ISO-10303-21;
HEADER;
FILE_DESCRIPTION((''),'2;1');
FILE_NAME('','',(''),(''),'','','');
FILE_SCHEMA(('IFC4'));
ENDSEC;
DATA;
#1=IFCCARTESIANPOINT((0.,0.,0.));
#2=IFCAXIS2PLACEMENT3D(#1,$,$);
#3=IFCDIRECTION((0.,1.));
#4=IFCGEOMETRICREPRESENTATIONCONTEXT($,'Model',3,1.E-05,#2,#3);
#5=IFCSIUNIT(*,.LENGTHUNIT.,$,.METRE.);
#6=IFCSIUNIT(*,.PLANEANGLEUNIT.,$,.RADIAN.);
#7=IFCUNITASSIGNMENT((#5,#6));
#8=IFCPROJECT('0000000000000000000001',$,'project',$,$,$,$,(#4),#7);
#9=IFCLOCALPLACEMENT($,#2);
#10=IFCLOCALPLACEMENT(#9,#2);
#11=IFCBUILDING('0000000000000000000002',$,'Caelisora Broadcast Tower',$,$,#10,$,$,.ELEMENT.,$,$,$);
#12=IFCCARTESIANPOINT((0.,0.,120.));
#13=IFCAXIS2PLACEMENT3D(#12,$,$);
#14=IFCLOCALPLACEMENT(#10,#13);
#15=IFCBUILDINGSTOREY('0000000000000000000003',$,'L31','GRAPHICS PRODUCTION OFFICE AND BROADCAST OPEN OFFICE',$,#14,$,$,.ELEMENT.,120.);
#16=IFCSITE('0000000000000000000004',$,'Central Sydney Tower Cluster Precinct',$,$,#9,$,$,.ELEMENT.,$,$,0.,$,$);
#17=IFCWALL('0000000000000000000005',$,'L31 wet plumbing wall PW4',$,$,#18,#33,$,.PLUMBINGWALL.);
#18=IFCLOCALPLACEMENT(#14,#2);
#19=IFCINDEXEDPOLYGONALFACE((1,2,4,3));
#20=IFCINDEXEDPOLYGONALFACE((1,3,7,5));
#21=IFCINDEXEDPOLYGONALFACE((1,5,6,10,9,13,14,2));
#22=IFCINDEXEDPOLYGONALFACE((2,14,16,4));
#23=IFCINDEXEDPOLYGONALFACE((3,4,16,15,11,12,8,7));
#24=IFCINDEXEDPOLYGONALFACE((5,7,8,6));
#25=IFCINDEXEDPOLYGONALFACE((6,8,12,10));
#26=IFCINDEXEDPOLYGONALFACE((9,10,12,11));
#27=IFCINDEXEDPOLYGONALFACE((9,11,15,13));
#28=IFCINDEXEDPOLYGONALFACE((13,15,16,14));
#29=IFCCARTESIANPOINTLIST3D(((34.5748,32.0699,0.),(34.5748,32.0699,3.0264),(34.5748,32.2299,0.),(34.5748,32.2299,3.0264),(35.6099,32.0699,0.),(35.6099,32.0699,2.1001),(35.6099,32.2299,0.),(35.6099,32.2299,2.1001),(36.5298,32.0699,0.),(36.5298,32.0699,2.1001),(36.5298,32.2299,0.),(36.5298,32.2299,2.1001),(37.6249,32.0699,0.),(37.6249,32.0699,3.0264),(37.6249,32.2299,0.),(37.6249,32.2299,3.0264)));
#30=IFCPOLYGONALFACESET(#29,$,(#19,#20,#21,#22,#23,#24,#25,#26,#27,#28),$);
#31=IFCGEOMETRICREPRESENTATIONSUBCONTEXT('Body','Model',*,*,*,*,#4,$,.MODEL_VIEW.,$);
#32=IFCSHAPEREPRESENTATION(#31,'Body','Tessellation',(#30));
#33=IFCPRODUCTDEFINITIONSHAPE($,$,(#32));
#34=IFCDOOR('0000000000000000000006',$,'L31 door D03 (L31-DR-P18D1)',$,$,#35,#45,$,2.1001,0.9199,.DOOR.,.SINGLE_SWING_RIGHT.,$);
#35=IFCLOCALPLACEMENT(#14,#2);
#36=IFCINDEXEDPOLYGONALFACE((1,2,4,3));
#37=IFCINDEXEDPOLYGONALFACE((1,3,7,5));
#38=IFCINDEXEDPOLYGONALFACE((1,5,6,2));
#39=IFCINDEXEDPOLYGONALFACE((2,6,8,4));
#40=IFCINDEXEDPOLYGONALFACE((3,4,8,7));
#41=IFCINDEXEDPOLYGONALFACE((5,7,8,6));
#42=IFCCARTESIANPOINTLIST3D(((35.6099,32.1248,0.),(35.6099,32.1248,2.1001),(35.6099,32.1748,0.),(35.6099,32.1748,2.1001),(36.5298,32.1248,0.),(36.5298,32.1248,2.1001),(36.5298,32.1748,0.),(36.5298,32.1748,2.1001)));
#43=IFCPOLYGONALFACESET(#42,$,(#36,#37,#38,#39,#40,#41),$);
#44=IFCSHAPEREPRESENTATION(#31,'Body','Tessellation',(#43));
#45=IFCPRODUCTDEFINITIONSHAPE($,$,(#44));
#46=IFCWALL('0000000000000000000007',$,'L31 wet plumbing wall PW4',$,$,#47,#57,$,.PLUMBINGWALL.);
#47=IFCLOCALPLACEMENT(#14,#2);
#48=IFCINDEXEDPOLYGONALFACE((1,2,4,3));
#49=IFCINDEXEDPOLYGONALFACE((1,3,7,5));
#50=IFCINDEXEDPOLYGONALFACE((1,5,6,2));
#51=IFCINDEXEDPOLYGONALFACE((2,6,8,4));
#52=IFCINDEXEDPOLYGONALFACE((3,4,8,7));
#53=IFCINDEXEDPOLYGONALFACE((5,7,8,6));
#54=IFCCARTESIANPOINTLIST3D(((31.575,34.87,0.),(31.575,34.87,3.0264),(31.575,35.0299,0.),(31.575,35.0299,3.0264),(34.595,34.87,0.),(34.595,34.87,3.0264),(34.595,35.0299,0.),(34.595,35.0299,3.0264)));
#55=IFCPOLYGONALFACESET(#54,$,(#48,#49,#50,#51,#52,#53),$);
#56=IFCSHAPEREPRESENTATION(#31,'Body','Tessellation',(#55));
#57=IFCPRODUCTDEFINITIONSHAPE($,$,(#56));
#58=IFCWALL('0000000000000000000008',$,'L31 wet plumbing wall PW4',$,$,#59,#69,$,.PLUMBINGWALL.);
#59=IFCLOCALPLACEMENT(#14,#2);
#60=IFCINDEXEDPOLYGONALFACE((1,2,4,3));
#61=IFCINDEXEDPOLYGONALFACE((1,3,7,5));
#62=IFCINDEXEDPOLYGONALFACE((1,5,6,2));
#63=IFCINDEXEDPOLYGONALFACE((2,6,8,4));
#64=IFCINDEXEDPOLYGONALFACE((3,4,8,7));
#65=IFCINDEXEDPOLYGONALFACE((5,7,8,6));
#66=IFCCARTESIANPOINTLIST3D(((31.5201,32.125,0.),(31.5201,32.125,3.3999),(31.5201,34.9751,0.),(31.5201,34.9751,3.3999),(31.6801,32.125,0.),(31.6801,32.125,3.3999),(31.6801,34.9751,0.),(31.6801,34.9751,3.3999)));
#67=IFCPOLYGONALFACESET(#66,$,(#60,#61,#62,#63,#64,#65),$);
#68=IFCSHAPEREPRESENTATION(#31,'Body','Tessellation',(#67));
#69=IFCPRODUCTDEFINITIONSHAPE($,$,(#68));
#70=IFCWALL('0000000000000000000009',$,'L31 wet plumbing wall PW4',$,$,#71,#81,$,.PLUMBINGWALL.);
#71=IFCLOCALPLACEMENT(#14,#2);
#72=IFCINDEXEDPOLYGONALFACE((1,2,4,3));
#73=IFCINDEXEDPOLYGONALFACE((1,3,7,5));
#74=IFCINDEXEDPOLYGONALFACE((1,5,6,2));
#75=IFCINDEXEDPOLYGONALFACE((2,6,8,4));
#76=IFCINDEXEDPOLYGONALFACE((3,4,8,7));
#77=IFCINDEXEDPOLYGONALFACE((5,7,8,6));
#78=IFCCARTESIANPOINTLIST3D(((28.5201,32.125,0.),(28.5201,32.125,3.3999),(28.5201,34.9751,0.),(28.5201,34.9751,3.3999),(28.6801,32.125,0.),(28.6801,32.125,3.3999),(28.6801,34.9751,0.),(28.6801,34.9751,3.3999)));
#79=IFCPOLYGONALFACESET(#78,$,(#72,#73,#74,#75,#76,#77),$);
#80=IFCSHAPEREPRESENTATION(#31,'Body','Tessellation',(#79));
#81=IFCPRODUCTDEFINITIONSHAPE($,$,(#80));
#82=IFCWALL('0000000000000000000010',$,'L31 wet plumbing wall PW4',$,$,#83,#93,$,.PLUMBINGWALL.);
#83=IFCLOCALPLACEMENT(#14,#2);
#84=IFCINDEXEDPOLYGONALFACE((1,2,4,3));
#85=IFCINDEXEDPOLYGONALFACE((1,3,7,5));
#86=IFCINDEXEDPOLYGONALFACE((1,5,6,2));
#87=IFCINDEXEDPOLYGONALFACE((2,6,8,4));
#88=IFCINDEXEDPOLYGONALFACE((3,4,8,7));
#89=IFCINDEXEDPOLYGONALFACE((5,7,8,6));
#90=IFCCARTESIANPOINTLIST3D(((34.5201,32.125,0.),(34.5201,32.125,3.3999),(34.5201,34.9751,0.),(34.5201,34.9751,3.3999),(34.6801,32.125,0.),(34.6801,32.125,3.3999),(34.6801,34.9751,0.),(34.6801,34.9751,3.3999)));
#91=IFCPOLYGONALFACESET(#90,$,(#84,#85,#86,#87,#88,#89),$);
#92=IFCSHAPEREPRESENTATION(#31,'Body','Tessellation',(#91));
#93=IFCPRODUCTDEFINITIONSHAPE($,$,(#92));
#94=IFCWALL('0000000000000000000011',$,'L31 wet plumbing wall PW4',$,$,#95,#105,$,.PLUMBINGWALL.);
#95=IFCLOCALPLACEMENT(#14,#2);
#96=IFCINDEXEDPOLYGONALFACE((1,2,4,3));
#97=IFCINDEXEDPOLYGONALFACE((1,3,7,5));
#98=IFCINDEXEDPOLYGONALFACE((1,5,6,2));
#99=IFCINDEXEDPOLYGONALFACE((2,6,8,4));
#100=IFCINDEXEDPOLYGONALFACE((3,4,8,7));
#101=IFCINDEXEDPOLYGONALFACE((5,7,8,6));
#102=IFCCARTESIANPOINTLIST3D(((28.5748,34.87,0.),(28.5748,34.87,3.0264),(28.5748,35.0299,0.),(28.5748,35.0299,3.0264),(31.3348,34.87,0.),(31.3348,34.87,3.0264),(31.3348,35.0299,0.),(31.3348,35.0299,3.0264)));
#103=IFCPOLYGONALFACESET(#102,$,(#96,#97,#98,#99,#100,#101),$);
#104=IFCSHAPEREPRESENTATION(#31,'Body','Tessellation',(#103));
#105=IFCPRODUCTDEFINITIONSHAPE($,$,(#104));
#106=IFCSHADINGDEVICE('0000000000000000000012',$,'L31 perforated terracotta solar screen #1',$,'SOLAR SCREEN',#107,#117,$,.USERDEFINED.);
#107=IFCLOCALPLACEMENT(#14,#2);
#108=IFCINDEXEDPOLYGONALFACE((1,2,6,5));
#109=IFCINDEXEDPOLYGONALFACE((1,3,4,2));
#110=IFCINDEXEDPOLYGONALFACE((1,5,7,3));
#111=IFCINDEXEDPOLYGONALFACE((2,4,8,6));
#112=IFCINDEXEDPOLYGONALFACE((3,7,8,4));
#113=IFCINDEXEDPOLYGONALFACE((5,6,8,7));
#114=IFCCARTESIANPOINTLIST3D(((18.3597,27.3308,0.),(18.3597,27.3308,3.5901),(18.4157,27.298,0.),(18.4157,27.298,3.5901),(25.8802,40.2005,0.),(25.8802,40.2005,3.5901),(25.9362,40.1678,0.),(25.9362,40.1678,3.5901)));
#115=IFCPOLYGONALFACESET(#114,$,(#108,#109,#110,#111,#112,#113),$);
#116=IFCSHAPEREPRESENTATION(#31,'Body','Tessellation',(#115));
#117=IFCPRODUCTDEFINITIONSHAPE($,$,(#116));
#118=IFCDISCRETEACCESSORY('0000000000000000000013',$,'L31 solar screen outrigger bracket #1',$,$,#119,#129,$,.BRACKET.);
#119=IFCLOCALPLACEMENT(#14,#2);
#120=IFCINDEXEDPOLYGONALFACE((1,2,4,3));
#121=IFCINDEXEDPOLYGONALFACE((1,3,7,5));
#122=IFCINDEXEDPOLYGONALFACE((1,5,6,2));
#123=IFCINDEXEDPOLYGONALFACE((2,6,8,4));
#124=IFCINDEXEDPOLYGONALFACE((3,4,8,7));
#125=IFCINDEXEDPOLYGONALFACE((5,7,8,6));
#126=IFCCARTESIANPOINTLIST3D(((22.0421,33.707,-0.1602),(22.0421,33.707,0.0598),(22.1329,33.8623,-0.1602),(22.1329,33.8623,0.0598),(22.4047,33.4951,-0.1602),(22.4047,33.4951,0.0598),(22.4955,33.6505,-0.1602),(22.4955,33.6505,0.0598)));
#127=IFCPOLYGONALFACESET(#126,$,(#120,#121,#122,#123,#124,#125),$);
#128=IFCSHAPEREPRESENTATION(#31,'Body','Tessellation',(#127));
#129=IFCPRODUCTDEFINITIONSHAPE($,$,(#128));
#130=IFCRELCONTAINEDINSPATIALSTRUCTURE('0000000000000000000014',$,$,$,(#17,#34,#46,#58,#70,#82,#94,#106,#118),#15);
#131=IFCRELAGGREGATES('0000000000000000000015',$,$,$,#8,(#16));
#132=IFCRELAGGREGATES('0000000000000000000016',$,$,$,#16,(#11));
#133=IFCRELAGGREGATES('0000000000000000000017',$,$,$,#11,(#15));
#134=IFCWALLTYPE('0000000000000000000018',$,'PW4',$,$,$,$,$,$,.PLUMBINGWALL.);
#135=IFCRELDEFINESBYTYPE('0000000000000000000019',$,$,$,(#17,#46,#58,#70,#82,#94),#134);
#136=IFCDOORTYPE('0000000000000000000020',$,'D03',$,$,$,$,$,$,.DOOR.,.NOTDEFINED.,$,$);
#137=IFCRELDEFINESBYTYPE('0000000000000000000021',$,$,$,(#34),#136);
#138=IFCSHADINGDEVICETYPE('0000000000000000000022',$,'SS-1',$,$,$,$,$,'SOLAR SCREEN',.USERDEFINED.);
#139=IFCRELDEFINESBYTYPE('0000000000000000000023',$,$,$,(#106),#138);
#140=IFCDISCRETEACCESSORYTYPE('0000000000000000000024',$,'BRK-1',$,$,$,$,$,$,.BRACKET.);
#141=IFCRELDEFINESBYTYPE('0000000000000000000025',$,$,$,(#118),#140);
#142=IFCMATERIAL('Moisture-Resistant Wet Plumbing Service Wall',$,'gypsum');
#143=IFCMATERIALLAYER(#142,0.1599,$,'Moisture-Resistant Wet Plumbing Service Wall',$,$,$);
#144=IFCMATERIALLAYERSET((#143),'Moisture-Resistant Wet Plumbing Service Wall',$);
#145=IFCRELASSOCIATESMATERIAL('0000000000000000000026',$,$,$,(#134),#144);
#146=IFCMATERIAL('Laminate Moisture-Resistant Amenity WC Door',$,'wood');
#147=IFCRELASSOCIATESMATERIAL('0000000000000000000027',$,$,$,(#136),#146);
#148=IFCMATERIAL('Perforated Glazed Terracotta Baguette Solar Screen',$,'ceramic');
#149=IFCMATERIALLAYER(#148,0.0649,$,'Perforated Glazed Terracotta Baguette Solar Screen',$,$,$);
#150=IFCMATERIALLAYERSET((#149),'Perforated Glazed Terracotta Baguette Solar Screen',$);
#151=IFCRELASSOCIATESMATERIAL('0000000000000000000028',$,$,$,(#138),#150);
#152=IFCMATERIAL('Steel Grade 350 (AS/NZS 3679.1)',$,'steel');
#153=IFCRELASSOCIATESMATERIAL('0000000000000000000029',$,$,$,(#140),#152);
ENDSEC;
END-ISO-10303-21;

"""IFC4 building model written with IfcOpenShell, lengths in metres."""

from ifc_helpers import new_model, si_unit, direction, frame, frame_2d, origin, origin_2d, place, context, subcontext, project, spatial, rectangle, extrude, source, transform, mapped, material, layer, layer_set, type_object, type_shapes, element, fill, save


model = new_model("IFC4")

# Units and contexts
model_context = context("Model", 3, precision=1e-05, world=origin(), true_north=direction((0.0, 1.0)))
body_context = subcontext(model_context, "Body", "Model", "MODEL_VIEW")
ifc_project = project(units=[si_unit("LENGTHUNIT", "METRE"), si_unit("PLANEANGLEUNIT", "RADIAN")], contexts=[model_context])

# Site, building, storey
site_placement = place(None, origin())
site = spatial("IfcSite", under=ifc_project, at=site_placement, Name="Central Sydney Tower Cluster Precinct", CompositionType="ELEMENT", RefElevation=0.0)
building_placement = place(site_placement, origin())
building = spatial("IfcBuilding", under=site, at=building_placement, Name="Caelisora Broadcast Tower", CompositionType="ELEMENT")
storey_placement = place(building_placement, frame((0.0, 0.0, 120.0)))
storey = spatial("IfcBuildingStorey", under=building, at=storey_placement, Name="L31", Description="GRAPHICS PRODUCTION OFFICE AND BROADCAST OPEN OFFICE", CompositionType="ELEMENT", Elevation=120.0)

# Shared definitions
ifc_material_1 = material(Name="Steel Grade 350 (AS/NZS 3679.1)", Category="steel")

# Wall, opening, door
ifc_material_2 = material(Name="Moisture-Resistant Wet Plumbing Service Wall", Category="gypsum")
ifc_layer_1 = layer(ifc_material_2, 0.1599, Name="Moisture-Resistant Wet Plumbing Service Wall")
ifc_layer_set_1 = layer_set([ifc_layer_1], Name="Moisture-Resistant Wet Plumbing Service Wall")
wall_type_1 = type_object("IfcWallType", Name="PW4", PredefinedType="PLUMBINGWALL", material=ifc_layer_set_1)
ifc_material_3 = material(Name="Laminate Moisture-Resistant Amenity WC Door", Category="wood")
door_type_1 = type_object("IfcDoorType", Name="D03", OperationType="NOTDEFINED", PredefinedType="DOOR", material=ifc_material_3)
wall_1_placement = place(storey_placement, frame((34.575, 32.1499, 0.0), z_axis=(0.0, 0.0, 1.0), x_axis=(1.0, 0.0, 0.0)))
wall_1 = element("IfcWall", 1, at=wall_1_placement, inside=storey, type_object=wall_type_1, Name="L31 wet plumbing wall PW4", PredefinedType="PLUMBINGWALL", context=body_context, shape_type="SweptSolid", body=[
    extrude(rectangle(XDim=3.05, YDim=0.1599, at=frame_2d((1.5249, 0.0))), origin(), (0.0, 0.0, 1.0), 3.0264),
])
opening_1_placement = place(wall_1_placement, frame((1.0349, 0.0, 0.0)))
opening_1 = element("IfcOpeningElement", 2, at=opening_1_placement, cuts=wall_1, PredefinedType="OPENING", context=body_context, shape_type="SweptSolid", body=[
    extrude(rectangle(XDim=0.9199, YDim=2.1001, at=frame_2d((0.46, 1.05))), frame((0.0, 0.092, 0.0), z_axis=(0.0, -1.0, 0.0), x_axis=(1.0, 0.0, 0.0)), (0.0, 0.0, 1.0), 0.1838),
])
door_1_placement = place(opening_1_placement, origin())
door_1 = element("IfcDoor", 3, at=door_1_placement, inside=storey, type_object=door_type_1, Name="L31 door D03 (L31-DR-P18D1)", OperationType="SINGLE_SWING_RIGHT", OverallHeight=2.1001, OverallWidth=0.9199, PredefinedType="DOOR", context=body_context, shape_type="SweptSolid", body=[
    extrude(rectangle(XDim=0.9199, YDim=2.1001, at=frame_2d((0.46, 1.05))), frame((0.0, 0.0249, 0.0), z_axis=(0.0, -1.0, 0.0), x_axis=(1.0, 0.0, 0.0)), (0.0, 0.0, 1.0), 0.05),
])
fill(opening_1, door_1)

# Walls
wall_2_placement = place(storey_placement, frame((31.575, 34.95, 0.0), z_axis=(0.0, 0.0, 1.0), x_axis=(1.0, 0.0, 0.0)))
element("IfcWall", 4, at=wall_2_placement, inside=storey, type_object=wall_type_1, Name="L31 wet plumbing wall PW4", PredefinedType="PLUMBINGWALL", context=body_context, shape_type="SweptSolid", body=[
    extrude(rectangle(XDim=3.02, YDim=0.1599, at=frame_2d((1.51, 0.0))), origin(), (0.0, 0.0, 1.0), 3.0264),
])
for number, where, z_axis, x_axis, name in (
    (5, (31.6001, 32.125, 0.0), (0.0, 0.0, 1.0), (0.0, 1.0, 0.0), "L31 wet plumbing wall PW4"),
    (6, (28.6001, 32.125, 0.0), (0.0, 0.0, 1.0), (0.0, 1.0, 0.0), "L31 wet plumbing wall PW4"),
    (7, (34.6001, 32.125, 0.0), (0.0, 0.0, 1.0), (0.0, 1.0, 0.0), "L31 wet plumbing wall PW4"),
):
    element("IfcWall", number, at=place(storey_placement, frame(where, z_axis=z_axis, x_axis=x_axis)), inside=storey, type_object=wall_type_1, Name=name, PredefinedType="PLUMBINGWALL", context=body_context, shape_type="SweptSolid", body=[
        extrude(rectangle(XDim=2.8501, YDim=0.1599, at=frame_2d((1.425, 0.0))), origin(), (0.0, 0.0, 1.0), 3.3999),
    ])
wall_3_placement = place(storey_placement, frame((28.575, 34.95, 0.0), z_axis=(0.0, 0.0, 1.0), x_axis=(1.0, 0.0, 0.0)))
element("IfcWall", 8, at=wall_3_placement, inside=storey, type_object=wall_type_1, Name="L31 wet plumbing wall PW4", PredefinedType="PLUMBINGWALL", context=body_context, shape_type="SweptSolid", body=[
    extrude(rectangle(XDim=2.76, YDim=0.1599, at=frame_2d((1.3799, 0.0))), origin(), (0.0, 0.0, 1.0), 3.0264),
])

# Shading device
ifc_material_4 = material(Name="Perforated Glazed Terracotta Baguette Solar Screen", Category="ceramic")
ifc_layer_2 = layer(ifc_material_4, 0.0649, Name="Perforated Glazed Terracotta Baguette Solar Screen")
ifc_layer_set_2 = layer_set([ifc_layer_2], Name="Perforated Glazed Terracotta Baguette Solar Screen")
shading_device_type = type_object("IfcShadingDeviceType", Name="SS-1", ElementType="SOLAR SCREEN", PredefinedType="USERDEFINED", material=ifc_layer_set_2)
shared_shape_1 = source(origin(), body_context, "Body", "SweptSolid", [
    extrude(rectangle(XDim=14.906, YDim=0.0649, at=origin_2d()), origin(), (0.0, 0.0, 1.0), 3.5901),
])
type_shapes(shading_device_type, [shared_shape_1])
shading_device_placement = place(storey_placement, frame((22.1479, 33.7493, 0.0), z_axis=(0.0, 0.0, 1.0), x_axis=(-0.504528, -0.863396, 0.0)))
element("IfcShadingDevice", 9, at=shading_device_placement, inside=storey, type_object=shading_device_type, Name="L31 perforated terracotta solar screen #1", ObjectType="SOLAR SCREEN", PredefinedType="USERDEFINED", context=body_context, shape_type="MappedRepresentation", body=[
    mapped(shared_shape_1, transform((0.0, 0.0, 0.0), scale=1.0)),
])

# Discrete accessory
discrete_accessory_type = type_object("IfcDiscreteAccessoryType", Name="BRK-1", PredefinedType="BRACKET", material=ifc_material_1)
shared_shape_2 = source(origin(), body_context, "Body", "SweptSolid", [
    extrude(rectangle(XDim=0.1799, YDim=0.4199, at=origin_2d()), origin(), (0.0, 0.0, 1.0), 0.22),
])
type_shapes(discrete_accessory_type, [shared_shape_2])
discrete_accessory_placement = place(storey_placement, frame((22.2688, 33.6787, -0.1602), z_axis=(0.0, 0.0, 1.0), x_axis=(-0.504528, -0.863396, 0.0)))
element("IfcDiscreteAccessory", 10, at=discrete_accessory_placement, inside=storey, type_object=discrete_accessory_type, Name="L31 solar screen outrigger bracket #1", PredefinedType="BRACKET", context=body_context, shape_type="MappedRepresentation", body=[
    mapped(shared_shape_2, transform((0.0, 0.0, 0.0), scale=1.0)),
])

save(model, "model.ifc")
